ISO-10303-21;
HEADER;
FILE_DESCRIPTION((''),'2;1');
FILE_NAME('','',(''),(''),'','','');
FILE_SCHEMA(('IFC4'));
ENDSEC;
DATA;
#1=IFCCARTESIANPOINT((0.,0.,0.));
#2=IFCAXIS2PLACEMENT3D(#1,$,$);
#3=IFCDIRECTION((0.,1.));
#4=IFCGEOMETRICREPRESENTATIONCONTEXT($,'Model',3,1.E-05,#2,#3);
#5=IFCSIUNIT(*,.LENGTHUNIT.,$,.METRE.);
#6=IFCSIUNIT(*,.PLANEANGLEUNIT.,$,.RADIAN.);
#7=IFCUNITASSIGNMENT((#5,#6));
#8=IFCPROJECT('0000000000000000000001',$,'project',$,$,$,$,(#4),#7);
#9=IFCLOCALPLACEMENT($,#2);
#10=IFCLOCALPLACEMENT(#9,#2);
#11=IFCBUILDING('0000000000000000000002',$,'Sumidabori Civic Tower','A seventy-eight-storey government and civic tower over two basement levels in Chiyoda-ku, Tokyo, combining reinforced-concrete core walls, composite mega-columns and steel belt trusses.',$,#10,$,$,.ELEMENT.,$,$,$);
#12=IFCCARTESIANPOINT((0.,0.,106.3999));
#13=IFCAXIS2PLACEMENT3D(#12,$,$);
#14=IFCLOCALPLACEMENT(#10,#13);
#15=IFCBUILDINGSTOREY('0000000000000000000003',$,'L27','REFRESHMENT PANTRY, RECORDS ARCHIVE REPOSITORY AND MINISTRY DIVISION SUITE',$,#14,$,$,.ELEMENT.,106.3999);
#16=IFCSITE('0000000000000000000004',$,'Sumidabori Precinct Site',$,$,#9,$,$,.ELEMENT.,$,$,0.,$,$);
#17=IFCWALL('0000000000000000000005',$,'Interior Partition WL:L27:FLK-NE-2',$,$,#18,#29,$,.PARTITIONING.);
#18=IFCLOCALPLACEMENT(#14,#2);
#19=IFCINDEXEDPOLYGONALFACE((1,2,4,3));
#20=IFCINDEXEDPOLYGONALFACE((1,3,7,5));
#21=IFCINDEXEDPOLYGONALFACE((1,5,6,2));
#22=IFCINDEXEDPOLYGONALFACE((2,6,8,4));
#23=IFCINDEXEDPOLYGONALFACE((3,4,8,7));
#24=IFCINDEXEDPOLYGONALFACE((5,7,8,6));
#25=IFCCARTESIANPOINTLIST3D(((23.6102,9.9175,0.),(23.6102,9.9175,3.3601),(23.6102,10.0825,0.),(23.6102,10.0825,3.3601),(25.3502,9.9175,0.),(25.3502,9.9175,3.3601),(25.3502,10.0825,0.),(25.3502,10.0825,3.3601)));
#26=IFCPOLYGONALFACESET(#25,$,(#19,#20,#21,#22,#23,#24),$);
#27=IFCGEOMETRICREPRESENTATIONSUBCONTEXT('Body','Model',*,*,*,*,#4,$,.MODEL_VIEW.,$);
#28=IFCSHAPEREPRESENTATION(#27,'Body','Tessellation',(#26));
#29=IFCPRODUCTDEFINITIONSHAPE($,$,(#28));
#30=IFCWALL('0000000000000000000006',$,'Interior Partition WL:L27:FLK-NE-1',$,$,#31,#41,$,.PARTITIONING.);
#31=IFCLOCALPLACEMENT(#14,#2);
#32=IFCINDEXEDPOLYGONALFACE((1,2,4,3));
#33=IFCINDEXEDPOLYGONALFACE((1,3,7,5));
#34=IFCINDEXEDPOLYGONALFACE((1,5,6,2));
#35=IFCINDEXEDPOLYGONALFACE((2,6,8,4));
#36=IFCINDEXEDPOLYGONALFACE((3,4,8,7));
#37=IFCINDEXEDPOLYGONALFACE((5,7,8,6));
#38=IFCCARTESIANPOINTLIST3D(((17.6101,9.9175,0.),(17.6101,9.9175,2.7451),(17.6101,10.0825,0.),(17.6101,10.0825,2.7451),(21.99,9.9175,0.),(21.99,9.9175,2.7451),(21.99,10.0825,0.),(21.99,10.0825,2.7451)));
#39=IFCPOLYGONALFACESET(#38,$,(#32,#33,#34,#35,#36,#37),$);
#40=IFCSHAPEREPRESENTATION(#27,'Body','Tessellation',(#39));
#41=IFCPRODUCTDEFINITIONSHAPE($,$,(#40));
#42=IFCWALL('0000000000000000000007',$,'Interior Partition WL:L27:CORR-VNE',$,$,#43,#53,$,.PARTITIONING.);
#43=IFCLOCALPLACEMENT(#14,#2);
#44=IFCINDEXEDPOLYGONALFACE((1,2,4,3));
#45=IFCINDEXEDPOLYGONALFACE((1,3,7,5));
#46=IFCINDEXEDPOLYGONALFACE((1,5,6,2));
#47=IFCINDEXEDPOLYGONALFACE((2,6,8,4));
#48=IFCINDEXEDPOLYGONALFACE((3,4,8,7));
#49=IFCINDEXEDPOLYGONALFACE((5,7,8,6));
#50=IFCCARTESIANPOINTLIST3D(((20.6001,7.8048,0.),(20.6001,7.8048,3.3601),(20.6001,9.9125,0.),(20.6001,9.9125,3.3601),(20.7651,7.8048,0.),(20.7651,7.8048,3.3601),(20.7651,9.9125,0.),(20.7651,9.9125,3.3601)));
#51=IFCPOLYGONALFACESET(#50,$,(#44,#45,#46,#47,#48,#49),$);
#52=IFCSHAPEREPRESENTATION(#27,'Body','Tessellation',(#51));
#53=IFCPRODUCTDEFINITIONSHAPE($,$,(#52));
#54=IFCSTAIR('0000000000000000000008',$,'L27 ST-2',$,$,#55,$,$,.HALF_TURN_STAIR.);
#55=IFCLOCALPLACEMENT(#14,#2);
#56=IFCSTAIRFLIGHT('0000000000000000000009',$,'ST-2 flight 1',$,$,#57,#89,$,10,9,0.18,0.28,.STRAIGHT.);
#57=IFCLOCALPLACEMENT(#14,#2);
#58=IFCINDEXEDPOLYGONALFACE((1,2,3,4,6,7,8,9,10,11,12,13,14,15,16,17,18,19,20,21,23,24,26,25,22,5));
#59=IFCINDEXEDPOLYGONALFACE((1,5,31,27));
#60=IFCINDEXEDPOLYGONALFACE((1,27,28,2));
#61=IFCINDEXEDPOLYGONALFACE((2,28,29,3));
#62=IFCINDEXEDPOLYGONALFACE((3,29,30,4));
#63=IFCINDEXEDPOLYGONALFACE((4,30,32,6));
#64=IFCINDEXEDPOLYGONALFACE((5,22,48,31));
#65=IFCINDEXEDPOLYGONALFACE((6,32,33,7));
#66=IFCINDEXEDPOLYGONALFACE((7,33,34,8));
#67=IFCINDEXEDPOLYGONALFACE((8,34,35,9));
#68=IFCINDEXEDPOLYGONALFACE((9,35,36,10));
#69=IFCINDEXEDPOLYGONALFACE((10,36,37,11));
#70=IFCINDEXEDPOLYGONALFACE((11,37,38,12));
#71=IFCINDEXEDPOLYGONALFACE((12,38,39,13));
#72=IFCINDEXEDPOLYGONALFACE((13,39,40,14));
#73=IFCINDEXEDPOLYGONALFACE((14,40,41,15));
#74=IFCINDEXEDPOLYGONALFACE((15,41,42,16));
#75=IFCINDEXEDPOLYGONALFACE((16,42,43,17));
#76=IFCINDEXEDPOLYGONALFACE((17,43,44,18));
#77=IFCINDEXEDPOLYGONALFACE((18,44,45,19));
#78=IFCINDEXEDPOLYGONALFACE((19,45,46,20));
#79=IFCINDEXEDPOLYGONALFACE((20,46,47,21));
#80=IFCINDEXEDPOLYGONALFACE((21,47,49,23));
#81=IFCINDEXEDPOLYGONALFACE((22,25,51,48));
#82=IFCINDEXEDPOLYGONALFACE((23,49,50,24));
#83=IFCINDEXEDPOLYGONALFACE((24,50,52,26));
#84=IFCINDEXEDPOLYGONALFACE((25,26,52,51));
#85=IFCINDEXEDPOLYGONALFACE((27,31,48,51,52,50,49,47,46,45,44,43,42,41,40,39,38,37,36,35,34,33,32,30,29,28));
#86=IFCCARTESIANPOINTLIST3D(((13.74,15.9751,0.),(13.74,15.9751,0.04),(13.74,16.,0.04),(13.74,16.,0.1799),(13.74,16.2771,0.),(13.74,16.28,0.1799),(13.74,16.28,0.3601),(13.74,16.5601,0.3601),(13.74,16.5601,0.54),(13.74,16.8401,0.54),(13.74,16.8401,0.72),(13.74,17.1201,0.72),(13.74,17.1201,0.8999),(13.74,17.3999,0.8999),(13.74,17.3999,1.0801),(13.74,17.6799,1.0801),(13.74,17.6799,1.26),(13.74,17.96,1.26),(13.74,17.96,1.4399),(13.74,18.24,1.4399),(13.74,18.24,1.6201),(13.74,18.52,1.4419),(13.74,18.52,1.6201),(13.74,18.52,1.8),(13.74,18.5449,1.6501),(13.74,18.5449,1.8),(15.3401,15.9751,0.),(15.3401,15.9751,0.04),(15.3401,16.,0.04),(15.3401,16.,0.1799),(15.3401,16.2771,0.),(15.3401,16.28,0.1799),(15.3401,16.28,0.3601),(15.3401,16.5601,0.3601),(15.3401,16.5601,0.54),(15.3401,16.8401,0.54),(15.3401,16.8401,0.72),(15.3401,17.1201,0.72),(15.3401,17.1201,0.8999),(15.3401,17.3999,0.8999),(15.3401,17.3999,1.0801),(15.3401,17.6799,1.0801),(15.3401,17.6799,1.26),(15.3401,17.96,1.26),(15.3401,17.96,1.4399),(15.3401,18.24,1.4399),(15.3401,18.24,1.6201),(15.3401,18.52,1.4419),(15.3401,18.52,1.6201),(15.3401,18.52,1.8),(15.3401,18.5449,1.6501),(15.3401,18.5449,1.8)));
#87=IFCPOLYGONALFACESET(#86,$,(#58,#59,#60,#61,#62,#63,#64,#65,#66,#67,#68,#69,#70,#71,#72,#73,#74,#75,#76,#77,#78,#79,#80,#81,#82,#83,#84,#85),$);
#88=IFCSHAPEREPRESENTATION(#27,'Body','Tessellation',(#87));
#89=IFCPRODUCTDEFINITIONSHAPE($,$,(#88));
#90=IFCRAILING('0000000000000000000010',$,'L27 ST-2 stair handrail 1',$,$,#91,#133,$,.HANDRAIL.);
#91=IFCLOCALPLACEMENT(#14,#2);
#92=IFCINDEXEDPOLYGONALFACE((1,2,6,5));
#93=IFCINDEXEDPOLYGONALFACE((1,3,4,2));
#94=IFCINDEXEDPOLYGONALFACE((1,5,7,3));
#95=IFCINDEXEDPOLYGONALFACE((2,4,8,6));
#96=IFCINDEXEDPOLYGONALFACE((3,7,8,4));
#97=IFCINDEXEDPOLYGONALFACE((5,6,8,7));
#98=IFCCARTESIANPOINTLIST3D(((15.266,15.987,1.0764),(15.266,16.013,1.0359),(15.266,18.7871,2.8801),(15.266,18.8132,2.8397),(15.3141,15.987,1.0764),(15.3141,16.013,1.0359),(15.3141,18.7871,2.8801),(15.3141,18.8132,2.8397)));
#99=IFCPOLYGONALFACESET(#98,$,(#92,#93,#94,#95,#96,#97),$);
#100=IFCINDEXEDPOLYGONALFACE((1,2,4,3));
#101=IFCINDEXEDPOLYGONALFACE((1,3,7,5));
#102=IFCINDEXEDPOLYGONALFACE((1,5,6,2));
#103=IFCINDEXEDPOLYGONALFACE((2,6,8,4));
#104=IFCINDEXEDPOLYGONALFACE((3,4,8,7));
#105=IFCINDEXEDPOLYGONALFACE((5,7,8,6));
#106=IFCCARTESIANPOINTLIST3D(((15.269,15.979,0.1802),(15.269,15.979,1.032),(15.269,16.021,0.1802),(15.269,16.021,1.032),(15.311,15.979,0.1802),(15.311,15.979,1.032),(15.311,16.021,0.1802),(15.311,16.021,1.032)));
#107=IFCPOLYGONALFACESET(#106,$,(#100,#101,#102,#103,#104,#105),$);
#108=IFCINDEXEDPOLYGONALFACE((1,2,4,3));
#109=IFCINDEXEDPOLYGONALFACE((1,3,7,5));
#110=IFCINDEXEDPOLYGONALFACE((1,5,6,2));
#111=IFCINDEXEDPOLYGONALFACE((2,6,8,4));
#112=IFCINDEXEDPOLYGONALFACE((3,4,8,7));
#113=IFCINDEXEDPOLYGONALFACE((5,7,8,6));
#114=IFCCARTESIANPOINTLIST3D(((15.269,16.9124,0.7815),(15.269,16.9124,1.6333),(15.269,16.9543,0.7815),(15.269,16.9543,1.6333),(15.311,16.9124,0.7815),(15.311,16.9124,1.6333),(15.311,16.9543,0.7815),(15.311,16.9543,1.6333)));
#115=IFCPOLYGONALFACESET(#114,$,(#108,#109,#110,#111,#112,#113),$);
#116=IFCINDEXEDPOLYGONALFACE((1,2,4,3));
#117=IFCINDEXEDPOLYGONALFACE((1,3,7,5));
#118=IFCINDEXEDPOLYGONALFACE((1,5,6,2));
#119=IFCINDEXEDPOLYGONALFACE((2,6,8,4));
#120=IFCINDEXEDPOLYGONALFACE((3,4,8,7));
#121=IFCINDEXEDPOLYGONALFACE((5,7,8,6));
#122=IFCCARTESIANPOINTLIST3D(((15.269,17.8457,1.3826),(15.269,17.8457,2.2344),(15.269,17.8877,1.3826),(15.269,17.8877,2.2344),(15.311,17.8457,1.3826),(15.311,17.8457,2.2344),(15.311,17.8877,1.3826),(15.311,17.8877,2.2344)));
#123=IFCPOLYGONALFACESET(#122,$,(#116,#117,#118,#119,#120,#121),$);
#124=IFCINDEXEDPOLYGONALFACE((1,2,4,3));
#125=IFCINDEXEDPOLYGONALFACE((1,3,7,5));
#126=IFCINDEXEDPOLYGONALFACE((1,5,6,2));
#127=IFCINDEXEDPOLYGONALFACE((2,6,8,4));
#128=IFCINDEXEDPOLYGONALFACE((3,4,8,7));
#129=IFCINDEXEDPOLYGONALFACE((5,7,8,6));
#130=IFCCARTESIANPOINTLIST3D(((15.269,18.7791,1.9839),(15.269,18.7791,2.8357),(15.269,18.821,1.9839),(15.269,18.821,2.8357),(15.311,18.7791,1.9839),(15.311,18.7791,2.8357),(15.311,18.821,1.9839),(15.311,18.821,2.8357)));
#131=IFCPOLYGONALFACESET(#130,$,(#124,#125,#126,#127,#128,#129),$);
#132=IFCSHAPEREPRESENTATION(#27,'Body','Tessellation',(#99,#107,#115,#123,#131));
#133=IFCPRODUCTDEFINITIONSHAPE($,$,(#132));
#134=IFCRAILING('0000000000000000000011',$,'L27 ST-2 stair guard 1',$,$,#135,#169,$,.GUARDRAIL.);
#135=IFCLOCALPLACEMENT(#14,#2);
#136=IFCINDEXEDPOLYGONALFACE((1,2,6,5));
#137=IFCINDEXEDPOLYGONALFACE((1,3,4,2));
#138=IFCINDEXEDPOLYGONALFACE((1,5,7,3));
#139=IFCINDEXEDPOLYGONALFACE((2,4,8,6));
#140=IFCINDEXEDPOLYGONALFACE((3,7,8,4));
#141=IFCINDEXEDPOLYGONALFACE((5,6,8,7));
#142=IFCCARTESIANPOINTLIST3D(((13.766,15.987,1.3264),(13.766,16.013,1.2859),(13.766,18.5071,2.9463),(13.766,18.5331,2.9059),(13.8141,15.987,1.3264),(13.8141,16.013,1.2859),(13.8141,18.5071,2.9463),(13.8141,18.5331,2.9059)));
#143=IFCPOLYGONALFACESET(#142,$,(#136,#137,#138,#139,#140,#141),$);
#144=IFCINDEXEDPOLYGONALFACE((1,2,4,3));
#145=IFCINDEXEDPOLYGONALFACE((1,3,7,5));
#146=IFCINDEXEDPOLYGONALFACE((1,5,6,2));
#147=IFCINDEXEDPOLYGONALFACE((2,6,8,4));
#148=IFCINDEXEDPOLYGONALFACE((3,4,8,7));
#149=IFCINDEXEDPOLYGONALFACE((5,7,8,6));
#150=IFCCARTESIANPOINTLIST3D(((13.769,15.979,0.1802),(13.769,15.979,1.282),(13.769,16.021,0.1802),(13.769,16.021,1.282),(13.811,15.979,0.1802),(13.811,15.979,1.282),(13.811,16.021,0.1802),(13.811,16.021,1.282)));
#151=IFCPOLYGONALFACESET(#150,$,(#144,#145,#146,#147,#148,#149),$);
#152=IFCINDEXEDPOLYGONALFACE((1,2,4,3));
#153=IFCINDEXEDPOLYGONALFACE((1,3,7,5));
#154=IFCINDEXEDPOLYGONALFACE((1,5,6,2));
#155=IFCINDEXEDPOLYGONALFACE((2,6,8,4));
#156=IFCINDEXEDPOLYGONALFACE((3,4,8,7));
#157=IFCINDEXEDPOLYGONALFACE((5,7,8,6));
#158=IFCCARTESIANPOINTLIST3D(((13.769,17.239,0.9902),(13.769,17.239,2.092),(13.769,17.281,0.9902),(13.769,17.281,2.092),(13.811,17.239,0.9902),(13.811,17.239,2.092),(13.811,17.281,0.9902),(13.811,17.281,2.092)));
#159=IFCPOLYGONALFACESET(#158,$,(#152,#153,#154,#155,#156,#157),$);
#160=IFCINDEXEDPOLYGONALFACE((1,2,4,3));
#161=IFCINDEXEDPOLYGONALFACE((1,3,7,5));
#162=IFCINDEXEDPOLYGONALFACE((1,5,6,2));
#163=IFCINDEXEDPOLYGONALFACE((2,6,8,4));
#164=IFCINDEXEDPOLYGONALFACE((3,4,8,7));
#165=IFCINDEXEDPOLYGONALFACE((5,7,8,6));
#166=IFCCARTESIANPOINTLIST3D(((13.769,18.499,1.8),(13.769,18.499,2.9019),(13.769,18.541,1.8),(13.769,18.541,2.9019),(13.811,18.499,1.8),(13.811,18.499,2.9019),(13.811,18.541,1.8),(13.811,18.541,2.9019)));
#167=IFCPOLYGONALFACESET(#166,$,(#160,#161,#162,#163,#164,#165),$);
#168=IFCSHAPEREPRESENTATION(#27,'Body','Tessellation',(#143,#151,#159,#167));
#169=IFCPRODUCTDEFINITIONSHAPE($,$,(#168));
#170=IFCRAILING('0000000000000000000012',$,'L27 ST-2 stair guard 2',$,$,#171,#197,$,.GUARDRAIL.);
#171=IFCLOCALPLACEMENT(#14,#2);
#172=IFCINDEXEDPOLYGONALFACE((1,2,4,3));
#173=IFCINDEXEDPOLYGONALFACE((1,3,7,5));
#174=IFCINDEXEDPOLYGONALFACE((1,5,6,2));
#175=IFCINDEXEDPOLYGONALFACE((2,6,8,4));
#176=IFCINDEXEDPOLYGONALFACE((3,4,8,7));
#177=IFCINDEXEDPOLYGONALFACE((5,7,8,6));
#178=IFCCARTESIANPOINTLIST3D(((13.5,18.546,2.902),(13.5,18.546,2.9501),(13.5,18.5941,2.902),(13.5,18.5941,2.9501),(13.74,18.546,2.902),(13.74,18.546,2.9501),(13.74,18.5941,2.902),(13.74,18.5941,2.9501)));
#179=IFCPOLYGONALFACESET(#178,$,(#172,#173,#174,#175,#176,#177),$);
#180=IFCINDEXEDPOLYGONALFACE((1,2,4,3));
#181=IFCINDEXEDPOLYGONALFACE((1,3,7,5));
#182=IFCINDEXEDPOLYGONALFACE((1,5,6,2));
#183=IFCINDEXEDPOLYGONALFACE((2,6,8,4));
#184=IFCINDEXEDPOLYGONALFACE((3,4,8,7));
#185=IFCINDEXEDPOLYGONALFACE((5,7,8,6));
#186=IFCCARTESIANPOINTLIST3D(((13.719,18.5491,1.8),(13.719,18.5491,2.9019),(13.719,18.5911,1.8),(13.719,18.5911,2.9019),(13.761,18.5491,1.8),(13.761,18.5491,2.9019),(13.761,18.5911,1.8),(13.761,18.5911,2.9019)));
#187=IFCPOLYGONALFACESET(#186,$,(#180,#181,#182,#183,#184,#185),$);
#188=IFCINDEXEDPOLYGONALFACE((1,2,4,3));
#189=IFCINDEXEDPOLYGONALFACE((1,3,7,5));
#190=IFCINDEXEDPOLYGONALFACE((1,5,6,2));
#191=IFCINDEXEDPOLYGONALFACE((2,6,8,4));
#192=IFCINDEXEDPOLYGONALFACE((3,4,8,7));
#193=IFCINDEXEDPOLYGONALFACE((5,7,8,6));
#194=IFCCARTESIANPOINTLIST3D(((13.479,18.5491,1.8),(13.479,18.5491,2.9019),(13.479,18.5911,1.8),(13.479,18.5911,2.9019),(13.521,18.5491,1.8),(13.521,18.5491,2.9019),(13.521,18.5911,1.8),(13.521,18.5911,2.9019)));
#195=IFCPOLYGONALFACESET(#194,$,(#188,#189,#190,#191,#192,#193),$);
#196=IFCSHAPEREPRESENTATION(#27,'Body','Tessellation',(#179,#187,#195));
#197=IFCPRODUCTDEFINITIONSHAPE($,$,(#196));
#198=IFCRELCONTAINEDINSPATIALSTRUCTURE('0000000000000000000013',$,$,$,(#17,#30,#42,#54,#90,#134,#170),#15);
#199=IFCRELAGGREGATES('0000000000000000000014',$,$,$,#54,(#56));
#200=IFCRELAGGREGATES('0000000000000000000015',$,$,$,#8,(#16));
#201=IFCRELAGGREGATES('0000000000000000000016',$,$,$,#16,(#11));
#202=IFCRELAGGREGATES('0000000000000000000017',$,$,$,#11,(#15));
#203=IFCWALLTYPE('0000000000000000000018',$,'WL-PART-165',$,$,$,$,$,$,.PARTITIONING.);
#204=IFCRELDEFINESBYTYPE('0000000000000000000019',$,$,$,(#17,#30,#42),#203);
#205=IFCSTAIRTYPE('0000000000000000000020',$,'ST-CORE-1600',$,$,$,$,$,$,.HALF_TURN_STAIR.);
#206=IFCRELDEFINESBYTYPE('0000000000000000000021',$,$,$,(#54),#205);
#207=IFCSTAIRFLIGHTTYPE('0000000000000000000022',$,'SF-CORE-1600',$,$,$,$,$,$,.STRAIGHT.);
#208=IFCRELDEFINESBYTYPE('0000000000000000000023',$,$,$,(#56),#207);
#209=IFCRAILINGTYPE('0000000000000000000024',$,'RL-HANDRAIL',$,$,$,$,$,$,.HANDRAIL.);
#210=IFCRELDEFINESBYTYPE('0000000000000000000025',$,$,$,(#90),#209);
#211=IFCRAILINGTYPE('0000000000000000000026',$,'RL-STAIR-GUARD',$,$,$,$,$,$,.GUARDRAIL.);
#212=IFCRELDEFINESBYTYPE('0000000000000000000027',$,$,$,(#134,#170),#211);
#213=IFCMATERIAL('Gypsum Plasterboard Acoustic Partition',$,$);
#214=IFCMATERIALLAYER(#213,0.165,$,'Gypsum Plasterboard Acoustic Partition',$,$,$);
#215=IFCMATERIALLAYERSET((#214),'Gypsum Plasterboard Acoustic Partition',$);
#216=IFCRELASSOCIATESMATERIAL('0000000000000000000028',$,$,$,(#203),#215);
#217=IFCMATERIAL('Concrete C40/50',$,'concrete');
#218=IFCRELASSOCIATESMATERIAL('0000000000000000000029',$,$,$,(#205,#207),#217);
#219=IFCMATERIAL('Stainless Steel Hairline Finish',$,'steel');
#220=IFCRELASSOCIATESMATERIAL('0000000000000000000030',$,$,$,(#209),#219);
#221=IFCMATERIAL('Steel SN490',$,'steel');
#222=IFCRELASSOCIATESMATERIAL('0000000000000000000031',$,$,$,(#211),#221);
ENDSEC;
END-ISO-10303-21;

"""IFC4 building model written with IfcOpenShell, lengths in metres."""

from ifc_helpers import new_model, si_unit, direction, frame, frame_2d, origin, origin_2d, place, context, subcontext, project, spatial, polyline, rectangle, outline, extrude, source, transform, mapped, material, layer, layer_set, type_object, element, aggregate, save


model = new_model("IFC4")

# Units and contexts
model_context = context("Model", 3, precision=1e-05, world=origin(), true_north=direction((0.0, 1.0)))
body_context = subcontext(model_context, "Body", "Model", "MODEL_VIEW")
ifc_project = project(units=[si_unit("LENGTHUNIT", "METRE"), si_unit("PLANEANGLEUNIT", "RADIAN")], contexts=[model_context])

# Site, building, storey
site_placement = place(None, origin())
site = spatial("IfcSite", under=ifc_project, at=site_placement, Name="Sumidabori Precinct Site", CompositionType="ELEMENT", RefElevation=0.0)
building_placement = place(site_placement, origin())
building = spatial("IfcBuilding", under=site, at=building_placement, Name="Sumidabori Civic Tower", Description="A seventy-eight-storey government and civic tower over two basement levels in Chiyoda-ku, Tokyo, combining reinforced-concrete core walls, composite mega-columns and steel belt trusses.", CompositionType="ELEMENT")
storey_placement = place(building_placement, frame((0.0, 0.0, 106.3999)))
storey = spatial("IfcBuildingStorey", under=building, at=storey_placement, Name="L27", Description="REFRESHMENT PANTRY, RECORDS ARCHIVE REPOSITORY AND MINISTRY DIVISION SUITE", CompositionType="ELEMENT", Elevation=106.3999)

# Shared definitions
ifc_material_1 = material(Name="Steel SN490", Category="steel")

# Walls
ifc_material_2 = material(Name="Gypsum Plasterboard Acoustic Partition")
ifc_layer_1 = layer(ifc_material_2, 0.165, Name="Gypsum Plasterboard Acoustic Partition")
ifc_layer_set_1 = layer_set([ifc_layer_1], Name="Gypsum Plasterboard Acoustic Partition")
wall_type_1 = type_object("IfcWallType", Name="WL-PART-165", PredefinedType="PARTITIONING", material=ifc_layer_set_1)
shared_shape_1 = source(origin(), body_context, "Body", "SweptSolid", [
    extrude(rectangle(XDim=1.74, YDim=0.165, at=frame_2d((0.8701, 0.0))), origin(), (0.0, 0.0, 1.0), 3.3601),
])
wall_1_placement = place(storey_placement, frame((23.6101, 10.0, 0.0), z_axis=(0.0, 0.0, 1.0), x_axis=(1.0, 0.0, 0.0)))
element("IfcWall", 1, at=wall_1_placement, inside=storey, type_object=wall_type_1, Name="Interior Partition WL:L27:FLK-NE-2", PredefinedType="PARTITIONING", context=body_context, shape_type="MappedRepresentation", body=[
    mapped(shared_shape_1, transform((0.0, 0.0, 0.0), x_axis=(1.0, 0.0, 0.0), y_axis=(0.0, 1.0, 0.0), z_axis=(0.0, 0.0, 1.0), scale=1.0)),
])
shared_shape_2 = source(origin(), body_context, "Body", "SweptSolid", [
    extrude(rectangle(XDim=4.3799, YDim=0.165, at=frame_2d((2.1899, 0.0))), origin(), (0.0, 0.0, 1.0), 2.7451),
])
wall_2_placement = place(storey_placement, frame((17.6101, 10.0, 0.0), z_axis=(0.0, 0.0, 1.0), x_axis=(1.0, 0.0, 0.0)))
element("IfcWall", 2, at=wall_2_placement, inside=storey, type_object=wall_type_1, Name="Interior Partition WL:L27:FLK-NE-1", PredefinedType="PARTITIONING", context=body_context, shape_type="MappedRepresentation", body=[
    mapped(shared_shape_2, transform((0.0, 0.0, 0.0), x_axis=(1.0, 0.0, 0.0), y_axis=(0.0, 1.0, 0.0), z_axis=(0.0, 0.0, 1.0), scale=1.0)),
])
shared_shape_3 = source(origin(), body_context, "Body", "SweptSolid", [
    extrude(rectangle(XDim=2.1077, YDim=0.165, at=frame_2d((1.0537, 0.0))), origin(), (0.0, 0.0, 1.0), 3.3601),
])
wall_3_placement = place(storey_placement, frame((20.6826, 7.8049, 0.0), z_axis=(0.0, 0.0, 1.0), x_axis=(0.0, 1.0, 0.0)))
element("IfcWall", 3, at=wall_3_placement, inside=storey, type_object=wall_type_1, Name="Interior Partition WL:L27:CORR-VNE", PredefinedType="PARTITIONING", context=body_context, shape_type="MappedRepresentation", body=[
    mapped(shared_shape_3, transform((0.0, 0.0, 0.0), x_axis=(1.0, 0.0, 0.0), y_axis=(0.0, 1.0, 0.0), z_axis=(0.0, 0.0, 1.0), scale=1.0)),
])

# Stair, stair flight
ifc_material_3 = material(Name="Concrete C40/50", Category="concrete")
stair_type = type_object("IfcStairType", Name="ST-CORE-1600", PredefinedType="HALF_TURN_STAIR", material=ifc_material_3)
stair_placement = place(storey_placement, origin())
stair = element("IfcStair", 4, at=stair_placement, inside=storey, type_object=stair_type, Name="L27 ST-2", PredefinedType="HALF_TURN_STAIR")
stair_flight_type = type_object("IfcStairFlightType", Name="SF-CORE-1600", PredefinedType="STRAIGHT", material=ifc_material_3)
shared_shape_4 = source(origin(), body_context, "Body", "SweptSolid", [
    extrude(outline(polyline([(-0.0249, 0.0), (-0.0249, 0.04), (0.0, 0.04), (0.0, 0.1799), (0.28, 0.1799), (0.28, 0.3601), (0.5601, 0.3601), (0.5601, 0.54), (0.8401, 0.54), (0.8401, 0.72), (1.1201, 0.72), (1.1201, 0.8999), (1.3999, 0.8999), (1.3999, 1.0801), (1.6799, 1.0801), (1.6799, 1.26), (1.96, 1.26), (1.96, 1.4399), (2.24, 1.4399), (2.24, 1.6201), (2.52, 1.6201), (2.52, 1.8), (2.5449, 1.8), (2.5449, 1.6501), (2.52, 1.4419), (0.2771, 0.0), (-0.0249, 0.0)])), frame((0.0, 0.8, 0.0), z_axis=(0.0, -1.0, 0.0), x_axis=(1.0, 0.0, 0.0)), (0.0, 0.0, 1.0), 1.6001),
])
stair_flight_placement = place(storey_placement, frame((14.54, 16.0, 0.0), z_axis=(0.0, 0.0, 1.0), x_axis=(0.0, 1.0, 0.0)))
stair_flight = element("IfcStairFlight", 5, at=stair_flight_placement, type_object=stair_flight_type, Name="ST-2 flight 1", NumberOfRisers=10, NumberOfTreads=9, PredefinedType="STRAIGHT", RiserHeight=0.18, TreadLength=0.28, context=body_context, shape_type="MappedRepresentation", body=[
    mapped(shared_shape_4, transform((0.0, 0.0, 0.0), x_axis=(1.0, 0.0, 0.0), y_axis=(0.0, 1.0, 0.0), z_axis=(0.0, 0.0, 1.0), scale=1.0)),
])
aggregate(stair, [stair_flight])

# Railings
ifc_material_4 = material(Name="Stainless Steel Hairline Finish", Category="steel")
railing_type_1 = type_object("IfcRailingType", Name="RL-HANDRAIL", PredefinedType="HANDRAIL", material=ifc_material_4)
railing_1_placement = place(storey_placement, frame((15.29, 16.0, 0.1802)))
element("IfcRailing", 6, at=railing_1_placement, inside=storey, type_object=railing_type_1, Name="L27 ST-2 stair handrail 1", PredefinedType="HANDRAIL", context=body_context, shape_type="SweptSolid", body=[
    extrude(rectangle(XDim=0.0481, YDim=0.0481, at=origin_2d()), frame((0.0, 0.0, 0.876), z_axis=(0.0, 0.840676, 0.541539), x_axis=(-1.0, 0.0, 0.0)), (0.0, 0.0, 1.0), 3.3308),
    extrude(rectangle(XDim=0.042, YDim=0.042, at=origin_2d()), origin(), (0.0, 0.0, 1.0), 0.8518),
    extrude(rectangle(XDim=0.042, YDim=0.042, at=origin_2d()), frame((0.0, 0.9333, 0.6013)), (0.0, 0.0, 1.0), 0.8518),
    extrude(rectangle(XDim=0.042, YDim=0.042, at=origin_2d()), frame((0.0, 1.8667, 1.2024)), (0.0, 0.0, 1.0), 0.8518),
    extrude(rectangle(XDim=0.042, YDim=0.042, at=origin_2d()), frame((0.0, 2.8, 1.8037)), (0.0, 0.0, 1.0), 0.8518),
])
railing_type_2 = type_object("IfcRailingType", Name="RL-STAIR-GUARD", PredefinedType="GUARDRAIL", material=ifc_material_1)
railing_2_placement = place(storey_placement, frame((13.79, 16.0, 0.1802)))
element("IfcRailing", 7, at=railing_2_placement, inside=storey, type_object=railing_type_2, Name="L27 ST-2 stair guard 1", PredefinedType="GUARDRAIL", context=body_context, shape_type="SweptSolid", body=[
    extrude(rectangle(XDim=0.0481, YDim=0.0481, at=origin_2d()), frame((0.0, 0.0, 1.126), z_axis=(0.0, 0.8412, 0.540725), x_axis=(-1.0, 0.0, 0.0)), (0.0, 0.0, 1.0), 2.9958),
    extrude(rectangle(XDim=0.042, YDim=0.042, at=origin_2d()), origin(), (0.0, 0.0, 1.0), 1.1018),
    extrude(rectangle(XDim=0.042, YDim=0.042, at=origin_2d()), frame((0.0, 1.26, 0.8101)), (0.0, 0.0, 1.0), 1.1018),
    extrude(rectangle(XDim=0.042, YDim=0.042, at=origin_2d()), frame((0.0, 2.52, 1.6199)), (0.0, 0.0, 1.0), 1.1018),
])
railing_3_placement = place(storey_placement, frame((13.74, 18.5701, 1.8)))
element("IfcRailing", 8, at=railing_3_placement, inside=storey, type_object=railing_type_2, Name="L27 ST-2 stair guard 2", PredefinedType="GUARDRAIL", context=body_context, shape_type="SweptSolid", body=[
    extrude(rectangle(XDim=0.0481, YDim=0.0481, at=origin_2d()), frame((0.0, 0.0, 1.126), z_axis=(-1.0, 0.0, 0.0), x_axis=(0.0, -1.0, 0.0)), (0.0, 0.0, 1.0), 0.24),
    extrude(rectangle(XDim=0.042, YDim=0.042, at=origin_2d()), origin(), (0.0, 0.0, 1.0), 1.1018),
    extrude(rectangle(XDim=0.042, YDim=0.042, at=origin_2d()), frame((-0.24, 0.0, 0.0)), (0.0, 0.0, 1.0), 1.1018),
])

save(model, "model.ifc")
